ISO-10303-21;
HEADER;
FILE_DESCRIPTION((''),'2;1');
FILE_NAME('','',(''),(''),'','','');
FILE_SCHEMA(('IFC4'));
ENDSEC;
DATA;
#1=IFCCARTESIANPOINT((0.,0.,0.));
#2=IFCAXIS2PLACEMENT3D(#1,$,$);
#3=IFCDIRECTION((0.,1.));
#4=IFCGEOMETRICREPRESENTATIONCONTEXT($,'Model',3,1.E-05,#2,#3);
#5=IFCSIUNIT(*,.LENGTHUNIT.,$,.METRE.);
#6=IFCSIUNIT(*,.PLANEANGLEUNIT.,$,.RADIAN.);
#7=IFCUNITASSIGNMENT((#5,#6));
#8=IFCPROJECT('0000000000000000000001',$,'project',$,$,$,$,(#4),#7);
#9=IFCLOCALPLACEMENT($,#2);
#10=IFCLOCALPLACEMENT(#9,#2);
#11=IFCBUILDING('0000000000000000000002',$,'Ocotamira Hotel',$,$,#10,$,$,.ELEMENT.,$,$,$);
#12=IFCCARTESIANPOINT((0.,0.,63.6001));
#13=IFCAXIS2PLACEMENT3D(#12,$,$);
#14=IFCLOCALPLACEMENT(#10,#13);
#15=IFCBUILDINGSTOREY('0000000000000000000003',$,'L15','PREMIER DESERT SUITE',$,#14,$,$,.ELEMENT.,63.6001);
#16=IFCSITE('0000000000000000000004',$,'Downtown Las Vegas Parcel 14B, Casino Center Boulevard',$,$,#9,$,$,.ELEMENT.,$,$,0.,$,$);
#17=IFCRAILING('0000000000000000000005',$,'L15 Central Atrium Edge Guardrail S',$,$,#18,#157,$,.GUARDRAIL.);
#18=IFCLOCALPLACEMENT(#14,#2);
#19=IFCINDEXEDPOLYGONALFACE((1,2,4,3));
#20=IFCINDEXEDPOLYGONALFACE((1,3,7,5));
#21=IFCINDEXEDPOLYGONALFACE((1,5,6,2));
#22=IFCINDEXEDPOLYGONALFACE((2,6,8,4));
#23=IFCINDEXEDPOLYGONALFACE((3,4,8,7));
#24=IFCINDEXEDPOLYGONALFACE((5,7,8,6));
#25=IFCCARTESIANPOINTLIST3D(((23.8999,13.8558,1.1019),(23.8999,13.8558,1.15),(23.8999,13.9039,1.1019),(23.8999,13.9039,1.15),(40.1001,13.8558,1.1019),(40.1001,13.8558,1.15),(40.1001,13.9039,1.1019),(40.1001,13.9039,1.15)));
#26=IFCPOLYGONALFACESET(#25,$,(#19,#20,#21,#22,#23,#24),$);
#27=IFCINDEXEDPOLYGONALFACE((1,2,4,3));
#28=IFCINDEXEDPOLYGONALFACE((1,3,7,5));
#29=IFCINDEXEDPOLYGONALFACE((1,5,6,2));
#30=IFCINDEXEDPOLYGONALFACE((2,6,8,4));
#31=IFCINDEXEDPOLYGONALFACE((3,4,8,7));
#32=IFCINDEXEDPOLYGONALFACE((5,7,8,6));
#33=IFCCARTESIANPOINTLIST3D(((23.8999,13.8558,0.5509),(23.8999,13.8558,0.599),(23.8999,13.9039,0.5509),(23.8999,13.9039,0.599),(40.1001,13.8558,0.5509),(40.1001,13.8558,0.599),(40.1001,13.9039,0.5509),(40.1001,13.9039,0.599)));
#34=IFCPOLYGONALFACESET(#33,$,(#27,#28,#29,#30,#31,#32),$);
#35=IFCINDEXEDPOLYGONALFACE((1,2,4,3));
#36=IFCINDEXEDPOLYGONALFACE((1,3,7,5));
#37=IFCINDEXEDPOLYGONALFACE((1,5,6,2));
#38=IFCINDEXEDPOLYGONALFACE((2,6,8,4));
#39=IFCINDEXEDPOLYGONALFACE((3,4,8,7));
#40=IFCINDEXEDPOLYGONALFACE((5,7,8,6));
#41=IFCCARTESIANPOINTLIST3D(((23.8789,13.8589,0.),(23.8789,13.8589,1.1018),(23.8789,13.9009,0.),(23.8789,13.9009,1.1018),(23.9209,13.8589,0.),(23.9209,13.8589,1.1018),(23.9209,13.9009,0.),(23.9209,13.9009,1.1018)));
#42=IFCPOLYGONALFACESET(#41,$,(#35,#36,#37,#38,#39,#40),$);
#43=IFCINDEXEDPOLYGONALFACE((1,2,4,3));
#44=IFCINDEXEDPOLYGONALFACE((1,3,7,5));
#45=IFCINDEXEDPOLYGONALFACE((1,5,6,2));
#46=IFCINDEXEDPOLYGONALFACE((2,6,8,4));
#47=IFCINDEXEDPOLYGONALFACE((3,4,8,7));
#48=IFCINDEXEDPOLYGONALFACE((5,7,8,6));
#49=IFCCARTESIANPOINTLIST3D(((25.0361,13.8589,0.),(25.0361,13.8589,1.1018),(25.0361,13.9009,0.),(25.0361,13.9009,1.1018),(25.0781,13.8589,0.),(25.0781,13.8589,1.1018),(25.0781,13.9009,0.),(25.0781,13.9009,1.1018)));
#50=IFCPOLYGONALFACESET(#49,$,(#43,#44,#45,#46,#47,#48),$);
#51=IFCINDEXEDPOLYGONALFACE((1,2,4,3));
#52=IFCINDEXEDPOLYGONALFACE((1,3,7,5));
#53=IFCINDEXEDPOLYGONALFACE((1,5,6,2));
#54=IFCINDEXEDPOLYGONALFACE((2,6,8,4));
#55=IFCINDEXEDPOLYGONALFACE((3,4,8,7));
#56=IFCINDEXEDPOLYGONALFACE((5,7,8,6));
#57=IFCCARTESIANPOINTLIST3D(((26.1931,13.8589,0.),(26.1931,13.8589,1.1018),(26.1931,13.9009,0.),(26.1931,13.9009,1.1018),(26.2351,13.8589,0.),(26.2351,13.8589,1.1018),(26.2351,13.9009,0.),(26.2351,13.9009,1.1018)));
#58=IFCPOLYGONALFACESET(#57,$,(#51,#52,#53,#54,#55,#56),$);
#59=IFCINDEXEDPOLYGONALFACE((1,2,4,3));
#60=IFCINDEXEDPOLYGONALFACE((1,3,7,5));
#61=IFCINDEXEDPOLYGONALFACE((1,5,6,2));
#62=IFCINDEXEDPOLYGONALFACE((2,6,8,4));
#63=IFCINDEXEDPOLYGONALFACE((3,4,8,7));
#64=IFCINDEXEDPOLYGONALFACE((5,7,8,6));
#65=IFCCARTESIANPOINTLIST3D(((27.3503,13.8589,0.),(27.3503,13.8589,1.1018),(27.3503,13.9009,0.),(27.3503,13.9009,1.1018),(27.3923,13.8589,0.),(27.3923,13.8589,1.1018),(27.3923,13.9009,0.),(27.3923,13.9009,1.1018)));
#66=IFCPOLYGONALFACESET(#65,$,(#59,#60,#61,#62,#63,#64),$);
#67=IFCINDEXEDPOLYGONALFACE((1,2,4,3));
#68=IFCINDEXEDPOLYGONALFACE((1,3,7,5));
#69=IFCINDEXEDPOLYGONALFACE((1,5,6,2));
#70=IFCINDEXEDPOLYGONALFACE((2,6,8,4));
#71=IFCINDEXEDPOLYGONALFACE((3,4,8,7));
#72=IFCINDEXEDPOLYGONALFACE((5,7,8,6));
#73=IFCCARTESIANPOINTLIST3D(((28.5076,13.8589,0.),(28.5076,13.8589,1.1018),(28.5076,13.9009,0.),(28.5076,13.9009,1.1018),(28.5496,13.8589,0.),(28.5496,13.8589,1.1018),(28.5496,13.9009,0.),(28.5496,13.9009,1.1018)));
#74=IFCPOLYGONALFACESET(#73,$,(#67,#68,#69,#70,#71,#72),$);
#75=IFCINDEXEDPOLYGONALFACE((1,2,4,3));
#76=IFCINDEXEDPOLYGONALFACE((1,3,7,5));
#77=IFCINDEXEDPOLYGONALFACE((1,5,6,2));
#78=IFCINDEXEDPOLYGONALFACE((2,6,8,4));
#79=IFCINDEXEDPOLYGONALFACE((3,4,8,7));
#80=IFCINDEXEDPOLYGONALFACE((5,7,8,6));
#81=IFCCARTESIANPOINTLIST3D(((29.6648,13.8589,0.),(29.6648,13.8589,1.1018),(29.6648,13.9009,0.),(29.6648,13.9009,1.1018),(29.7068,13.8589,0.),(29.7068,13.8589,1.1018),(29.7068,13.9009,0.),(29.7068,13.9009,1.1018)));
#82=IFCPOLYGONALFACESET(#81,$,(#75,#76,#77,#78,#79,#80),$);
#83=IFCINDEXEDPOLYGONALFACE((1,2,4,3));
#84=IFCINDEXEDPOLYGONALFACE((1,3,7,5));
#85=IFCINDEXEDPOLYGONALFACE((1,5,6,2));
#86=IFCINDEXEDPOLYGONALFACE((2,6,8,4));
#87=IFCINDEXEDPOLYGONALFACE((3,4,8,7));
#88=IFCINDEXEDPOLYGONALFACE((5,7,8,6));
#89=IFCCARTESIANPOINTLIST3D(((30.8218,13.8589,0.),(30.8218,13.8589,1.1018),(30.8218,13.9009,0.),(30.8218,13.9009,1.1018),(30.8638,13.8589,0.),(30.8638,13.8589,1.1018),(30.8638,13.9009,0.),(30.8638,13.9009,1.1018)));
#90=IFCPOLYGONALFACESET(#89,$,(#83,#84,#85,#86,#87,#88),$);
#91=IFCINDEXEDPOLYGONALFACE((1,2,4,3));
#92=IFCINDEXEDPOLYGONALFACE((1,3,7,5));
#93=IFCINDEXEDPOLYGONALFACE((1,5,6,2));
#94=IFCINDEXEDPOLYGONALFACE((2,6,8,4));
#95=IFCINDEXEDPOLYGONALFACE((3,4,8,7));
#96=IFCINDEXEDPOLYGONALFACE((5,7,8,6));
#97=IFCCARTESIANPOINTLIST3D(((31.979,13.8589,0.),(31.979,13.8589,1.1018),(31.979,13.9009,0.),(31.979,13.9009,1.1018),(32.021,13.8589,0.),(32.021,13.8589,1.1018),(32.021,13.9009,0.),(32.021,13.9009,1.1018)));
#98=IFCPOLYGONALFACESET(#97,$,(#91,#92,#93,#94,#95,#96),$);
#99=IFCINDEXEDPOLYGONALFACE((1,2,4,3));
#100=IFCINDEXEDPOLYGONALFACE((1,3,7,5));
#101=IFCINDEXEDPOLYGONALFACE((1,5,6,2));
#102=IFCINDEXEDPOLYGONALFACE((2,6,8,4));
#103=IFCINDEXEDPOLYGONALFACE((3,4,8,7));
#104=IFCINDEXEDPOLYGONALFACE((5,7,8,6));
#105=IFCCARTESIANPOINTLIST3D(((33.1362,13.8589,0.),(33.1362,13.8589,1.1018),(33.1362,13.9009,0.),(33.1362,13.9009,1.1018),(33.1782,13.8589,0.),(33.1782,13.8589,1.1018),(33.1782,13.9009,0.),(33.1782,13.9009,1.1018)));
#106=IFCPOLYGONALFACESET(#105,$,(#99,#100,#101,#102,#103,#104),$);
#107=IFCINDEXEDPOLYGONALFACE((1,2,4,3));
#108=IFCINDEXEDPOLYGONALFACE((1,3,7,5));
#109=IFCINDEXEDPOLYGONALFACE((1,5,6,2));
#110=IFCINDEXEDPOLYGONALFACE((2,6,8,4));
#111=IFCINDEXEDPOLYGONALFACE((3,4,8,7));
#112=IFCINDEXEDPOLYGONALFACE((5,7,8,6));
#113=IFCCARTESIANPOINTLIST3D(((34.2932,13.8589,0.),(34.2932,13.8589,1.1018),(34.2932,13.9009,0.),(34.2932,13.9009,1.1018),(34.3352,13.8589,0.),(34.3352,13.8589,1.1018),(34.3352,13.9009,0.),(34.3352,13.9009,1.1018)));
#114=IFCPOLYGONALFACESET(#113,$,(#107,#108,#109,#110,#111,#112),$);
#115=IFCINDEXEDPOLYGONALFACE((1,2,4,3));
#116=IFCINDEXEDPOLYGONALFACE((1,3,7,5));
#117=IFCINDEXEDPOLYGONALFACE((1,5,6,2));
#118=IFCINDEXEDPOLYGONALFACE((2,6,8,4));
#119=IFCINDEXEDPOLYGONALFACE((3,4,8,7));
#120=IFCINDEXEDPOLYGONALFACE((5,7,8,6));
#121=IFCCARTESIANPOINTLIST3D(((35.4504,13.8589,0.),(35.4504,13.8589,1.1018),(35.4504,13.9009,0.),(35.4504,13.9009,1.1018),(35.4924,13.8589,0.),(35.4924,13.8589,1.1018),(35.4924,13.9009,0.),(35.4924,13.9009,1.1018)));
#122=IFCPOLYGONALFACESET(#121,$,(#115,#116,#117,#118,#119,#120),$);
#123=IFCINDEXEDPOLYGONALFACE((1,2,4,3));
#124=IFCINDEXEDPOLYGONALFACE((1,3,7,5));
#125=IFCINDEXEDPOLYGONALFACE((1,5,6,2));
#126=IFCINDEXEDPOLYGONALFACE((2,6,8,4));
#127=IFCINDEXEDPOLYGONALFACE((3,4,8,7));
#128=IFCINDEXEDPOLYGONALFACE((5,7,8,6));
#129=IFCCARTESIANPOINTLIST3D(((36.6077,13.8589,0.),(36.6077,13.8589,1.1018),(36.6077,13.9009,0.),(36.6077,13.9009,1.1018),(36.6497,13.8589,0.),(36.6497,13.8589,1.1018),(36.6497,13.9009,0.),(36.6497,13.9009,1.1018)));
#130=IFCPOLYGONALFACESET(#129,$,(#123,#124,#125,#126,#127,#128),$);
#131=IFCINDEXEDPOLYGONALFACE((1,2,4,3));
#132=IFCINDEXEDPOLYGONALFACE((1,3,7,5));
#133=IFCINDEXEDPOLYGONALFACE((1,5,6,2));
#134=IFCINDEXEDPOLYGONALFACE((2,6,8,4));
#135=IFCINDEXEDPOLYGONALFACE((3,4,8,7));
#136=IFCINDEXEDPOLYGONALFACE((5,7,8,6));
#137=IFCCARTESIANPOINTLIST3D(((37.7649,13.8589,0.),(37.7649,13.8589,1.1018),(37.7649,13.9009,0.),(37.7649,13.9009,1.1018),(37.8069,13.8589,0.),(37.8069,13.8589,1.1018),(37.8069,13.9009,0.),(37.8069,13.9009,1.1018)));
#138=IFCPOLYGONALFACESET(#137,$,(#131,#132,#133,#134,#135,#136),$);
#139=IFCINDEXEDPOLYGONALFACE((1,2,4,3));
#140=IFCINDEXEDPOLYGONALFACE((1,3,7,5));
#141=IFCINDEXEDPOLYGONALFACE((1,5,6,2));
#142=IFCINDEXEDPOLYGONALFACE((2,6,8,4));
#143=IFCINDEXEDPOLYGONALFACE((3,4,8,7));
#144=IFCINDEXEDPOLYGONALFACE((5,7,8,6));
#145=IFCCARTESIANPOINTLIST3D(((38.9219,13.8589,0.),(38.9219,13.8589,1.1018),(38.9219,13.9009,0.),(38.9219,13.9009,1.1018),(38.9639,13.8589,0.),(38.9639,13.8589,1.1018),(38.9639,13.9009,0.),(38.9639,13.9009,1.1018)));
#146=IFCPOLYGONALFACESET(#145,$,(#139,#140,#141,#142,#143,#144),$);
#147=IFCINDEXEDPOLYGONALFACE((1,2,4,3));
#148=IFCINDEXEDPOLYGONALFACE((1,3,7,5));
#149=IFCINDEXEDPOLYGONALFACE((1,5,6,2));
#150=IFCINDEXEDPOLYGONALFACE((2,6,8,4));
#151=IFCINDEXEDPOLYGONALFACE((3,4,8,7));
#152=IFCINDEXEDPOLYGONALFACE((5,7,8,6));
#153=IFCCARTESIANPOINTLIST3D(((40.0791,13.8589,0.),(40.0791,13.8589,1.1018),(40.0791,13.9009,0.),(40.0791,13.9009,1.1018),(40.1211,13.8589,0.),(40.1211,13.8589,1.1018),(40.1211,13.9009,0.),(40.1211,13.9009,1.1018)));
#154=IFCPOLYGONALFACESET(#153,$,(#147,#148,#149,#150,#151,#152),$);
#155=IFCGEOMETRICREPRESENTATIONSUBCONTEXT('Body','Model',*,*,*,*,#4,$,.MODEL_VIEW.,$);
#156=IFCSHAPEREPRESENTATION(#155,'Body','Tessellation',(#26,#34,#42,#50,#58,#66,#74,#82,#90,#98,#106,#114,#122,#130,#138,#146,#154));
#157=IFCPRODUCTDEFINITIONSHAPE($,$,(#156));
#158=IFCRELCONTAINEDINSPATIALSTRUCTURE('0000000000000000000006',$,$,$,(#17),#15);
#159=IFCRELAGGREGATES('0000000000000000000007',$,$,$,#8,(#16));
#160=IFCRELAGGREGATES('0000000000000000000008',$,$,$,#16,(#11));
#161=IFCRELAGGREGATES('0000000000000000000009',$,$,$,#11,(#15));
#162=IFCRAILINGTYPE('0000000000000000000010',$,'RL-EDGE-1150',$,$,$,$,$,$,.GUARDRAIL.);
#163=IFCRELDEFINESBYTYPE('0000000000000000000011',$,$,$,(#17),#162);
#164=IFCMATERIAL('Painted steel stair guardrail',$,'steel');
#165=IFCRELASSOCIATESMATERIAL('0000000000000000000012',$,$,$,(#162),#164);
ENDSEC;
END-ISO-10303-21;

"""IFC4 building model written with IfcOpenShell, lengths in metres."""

from ifc_helpers import new_model, si_unit, direction, frame, origin, origin_2d, place, context, subcontext, project, spatial, rectangle, extrude, material, type_object, element, save


model = new_model("IFC4")

# Units and contexts
model_context = context("Model", 3, precision=1e-05, world=origin(), true_north=direction((0.0, 1.0)))
body_context = subcontext(model_context, "Body", "Model", "MODEL_VIEW")
ifc_project = project(units=[si_unit("LENGTHUNIT", "METRE"), si_unit("PLANEANGLEUNIT", "RADIAN")], contexts=[model_context])

# Site, building, storey
site_placement = place(None, origin())
site = spatial("IfcSite", under=ifc_project, at=site_placement, Name="Downtown Las Vegas Parcel 14B, Casino Center Boulevard", CompositionType="ELEMENT", RefElevation=0.0)
building_placement = place(site_placement, origin())
building = spatial("IfcBuilding", under=site, at=building_placement, Name="Ocotamira Hotel", CompositionType="ELEMENT")
storey_placement = place(building_placement, frame((0.0, 0.0, 63.6001)))
storey = spatial("IfcBuildingStorey", under=building, at=storey_placement, Name="L15", Description="PREMIER DESERT SUITE", CompositionType="ELEMENT", Elevation=63.6001)

# Railing
ifc_material_1 = material(Name="Painted steel stair guardrail", Category="steel")
railing_type = type_object("IfcRailingType", Name="RL-EDGE-1150", PredefinedType="GUARDRAIL", material=ifc_material_1)
railing_placement = place(storey_placement, frame((23.8999, 13.8799, 0.0)))
element("IfcRailing", 1, at=railing_placement, inside=storey, type_object=railing_type, Name="L15 Central Atrium Edge Guardrail S", PredefinedType="GUARDRAIL", context=body_context, shape_type="SweptSolid", body=[
    extrude(rectangle(XDim=0.0481, YDim=0.0481, at=origin_2d()), frame((0.0, 0.0, 1.126), z_axis=(1.0, 0.0, 0.0), x_axis=(0.0, 1.0, 0.0)), (0.0, 0.0, 1.0), 16.2002),
    extrude(rectangle(XDim=0.0481, YDim=0.0481, at=origin_2d()), frame((0.0, 0.0, 0.575), z_axis=(1.0, 0.0, 0.0), x_axis=(0.0, 1.0, 0.0)), (0.0, 0.0, 1.0), 16.2002),
    extrude(rectangle(XDim=0.042, YDim=0.042, at=origin_2d()), origin(), (0.0, 0.0, 1.0), 1.1018),
    extrude(rectangle(XDim=0.042, YDim=0.042, at=origin_2d()), frame((1.1572, 0.0, 0.0)), (0.0, 0.0, 1.0), 1.1018),
    extrude(rectangle(XDim=0.042, YDim=0.042, at=origin_2d()), frame((2.3142, 0.0, 0.0)), (0.0, 0.0, 1.0), 1.1018),
    extrude(rectangle(XDim=0.042, YDim=0.042, at=origin_2d()), frame((3.4714, 0.0, 0.0)), (0.0, 0.0, 1.0), 1.1018),
    extrude(rectangle(XDim=0.042, YDim=0.042, at=origin_2d()), frame((4.6287, 0.0, 0.0)), (0.0, 0.0, 1.0), 1.1018),
    extrude(rectangle(XDim=0.042, YDim=0.042, at=origin_2d()), frame((5.7859, 0.0, 0.0)), (0.0, 0.0, 1.0), 1.1018),
    extrude(rectangle(XDim=0.042, YDim=0.042, at=origin_2d()), frame((6.9429, 0.0, 0.0)), (0.0, 0.0, 1.0), 1.1018),
    extrude(rectangle(XDim=0.042, YDim=0.042, at=origin_2d()), frame((8.1001, 0.0, 0.0)), (0.0, 0.0, 1.0), 1.1018),
    extrude(rectangle(XDim=0.042, YDim=0.042, at=origin_2d()), frame((9.2573, 0.0, 0.0)), (0.0, 0.0, 1.0), 1.1018),
    extrude(rectangle(XDim=0.042, YDim=0.042, at=origin_2d()), frame((10.4143, 0.0, 0.0)), (0.0, 0.0, 1.0), 1.1018),
    extrude(rectangle(XDim=0.042, YDim=0.042, at=origin_2d()), frame((11.5715, 0.0, 0.0)), (0.0, 0.0, 1.0), 1.1018),
    extrude(rectangle(XDim=0.042, YDim=0.042, at=origin_2d()), frame((12.7288, 0.0, 0.0)), (0.0, 0.0, 1.0), 1.1018),
    extrude(rectangle(XDim=0.042, YDim=0.042, at=origin_2d()), frame((13.886, 0.0, 0.0)), (0.0, 0.0, 1.0), 1.1018),
    extrude(rectangle(XDim=0.042, YDim=0.042, at=origin_2d()), frame((15.043, 0.0, 0.0)), (0.0, 0.0, 1.0), 1.1018),
    extrude(rectangle(XDim=0.042, YDim=0.042, at=origin_2d()), frame((16.2002, 0.0, 0.0)), (0.0, 0.0, 1.0), 1.1018),
])

save(model, "model.ifc")
